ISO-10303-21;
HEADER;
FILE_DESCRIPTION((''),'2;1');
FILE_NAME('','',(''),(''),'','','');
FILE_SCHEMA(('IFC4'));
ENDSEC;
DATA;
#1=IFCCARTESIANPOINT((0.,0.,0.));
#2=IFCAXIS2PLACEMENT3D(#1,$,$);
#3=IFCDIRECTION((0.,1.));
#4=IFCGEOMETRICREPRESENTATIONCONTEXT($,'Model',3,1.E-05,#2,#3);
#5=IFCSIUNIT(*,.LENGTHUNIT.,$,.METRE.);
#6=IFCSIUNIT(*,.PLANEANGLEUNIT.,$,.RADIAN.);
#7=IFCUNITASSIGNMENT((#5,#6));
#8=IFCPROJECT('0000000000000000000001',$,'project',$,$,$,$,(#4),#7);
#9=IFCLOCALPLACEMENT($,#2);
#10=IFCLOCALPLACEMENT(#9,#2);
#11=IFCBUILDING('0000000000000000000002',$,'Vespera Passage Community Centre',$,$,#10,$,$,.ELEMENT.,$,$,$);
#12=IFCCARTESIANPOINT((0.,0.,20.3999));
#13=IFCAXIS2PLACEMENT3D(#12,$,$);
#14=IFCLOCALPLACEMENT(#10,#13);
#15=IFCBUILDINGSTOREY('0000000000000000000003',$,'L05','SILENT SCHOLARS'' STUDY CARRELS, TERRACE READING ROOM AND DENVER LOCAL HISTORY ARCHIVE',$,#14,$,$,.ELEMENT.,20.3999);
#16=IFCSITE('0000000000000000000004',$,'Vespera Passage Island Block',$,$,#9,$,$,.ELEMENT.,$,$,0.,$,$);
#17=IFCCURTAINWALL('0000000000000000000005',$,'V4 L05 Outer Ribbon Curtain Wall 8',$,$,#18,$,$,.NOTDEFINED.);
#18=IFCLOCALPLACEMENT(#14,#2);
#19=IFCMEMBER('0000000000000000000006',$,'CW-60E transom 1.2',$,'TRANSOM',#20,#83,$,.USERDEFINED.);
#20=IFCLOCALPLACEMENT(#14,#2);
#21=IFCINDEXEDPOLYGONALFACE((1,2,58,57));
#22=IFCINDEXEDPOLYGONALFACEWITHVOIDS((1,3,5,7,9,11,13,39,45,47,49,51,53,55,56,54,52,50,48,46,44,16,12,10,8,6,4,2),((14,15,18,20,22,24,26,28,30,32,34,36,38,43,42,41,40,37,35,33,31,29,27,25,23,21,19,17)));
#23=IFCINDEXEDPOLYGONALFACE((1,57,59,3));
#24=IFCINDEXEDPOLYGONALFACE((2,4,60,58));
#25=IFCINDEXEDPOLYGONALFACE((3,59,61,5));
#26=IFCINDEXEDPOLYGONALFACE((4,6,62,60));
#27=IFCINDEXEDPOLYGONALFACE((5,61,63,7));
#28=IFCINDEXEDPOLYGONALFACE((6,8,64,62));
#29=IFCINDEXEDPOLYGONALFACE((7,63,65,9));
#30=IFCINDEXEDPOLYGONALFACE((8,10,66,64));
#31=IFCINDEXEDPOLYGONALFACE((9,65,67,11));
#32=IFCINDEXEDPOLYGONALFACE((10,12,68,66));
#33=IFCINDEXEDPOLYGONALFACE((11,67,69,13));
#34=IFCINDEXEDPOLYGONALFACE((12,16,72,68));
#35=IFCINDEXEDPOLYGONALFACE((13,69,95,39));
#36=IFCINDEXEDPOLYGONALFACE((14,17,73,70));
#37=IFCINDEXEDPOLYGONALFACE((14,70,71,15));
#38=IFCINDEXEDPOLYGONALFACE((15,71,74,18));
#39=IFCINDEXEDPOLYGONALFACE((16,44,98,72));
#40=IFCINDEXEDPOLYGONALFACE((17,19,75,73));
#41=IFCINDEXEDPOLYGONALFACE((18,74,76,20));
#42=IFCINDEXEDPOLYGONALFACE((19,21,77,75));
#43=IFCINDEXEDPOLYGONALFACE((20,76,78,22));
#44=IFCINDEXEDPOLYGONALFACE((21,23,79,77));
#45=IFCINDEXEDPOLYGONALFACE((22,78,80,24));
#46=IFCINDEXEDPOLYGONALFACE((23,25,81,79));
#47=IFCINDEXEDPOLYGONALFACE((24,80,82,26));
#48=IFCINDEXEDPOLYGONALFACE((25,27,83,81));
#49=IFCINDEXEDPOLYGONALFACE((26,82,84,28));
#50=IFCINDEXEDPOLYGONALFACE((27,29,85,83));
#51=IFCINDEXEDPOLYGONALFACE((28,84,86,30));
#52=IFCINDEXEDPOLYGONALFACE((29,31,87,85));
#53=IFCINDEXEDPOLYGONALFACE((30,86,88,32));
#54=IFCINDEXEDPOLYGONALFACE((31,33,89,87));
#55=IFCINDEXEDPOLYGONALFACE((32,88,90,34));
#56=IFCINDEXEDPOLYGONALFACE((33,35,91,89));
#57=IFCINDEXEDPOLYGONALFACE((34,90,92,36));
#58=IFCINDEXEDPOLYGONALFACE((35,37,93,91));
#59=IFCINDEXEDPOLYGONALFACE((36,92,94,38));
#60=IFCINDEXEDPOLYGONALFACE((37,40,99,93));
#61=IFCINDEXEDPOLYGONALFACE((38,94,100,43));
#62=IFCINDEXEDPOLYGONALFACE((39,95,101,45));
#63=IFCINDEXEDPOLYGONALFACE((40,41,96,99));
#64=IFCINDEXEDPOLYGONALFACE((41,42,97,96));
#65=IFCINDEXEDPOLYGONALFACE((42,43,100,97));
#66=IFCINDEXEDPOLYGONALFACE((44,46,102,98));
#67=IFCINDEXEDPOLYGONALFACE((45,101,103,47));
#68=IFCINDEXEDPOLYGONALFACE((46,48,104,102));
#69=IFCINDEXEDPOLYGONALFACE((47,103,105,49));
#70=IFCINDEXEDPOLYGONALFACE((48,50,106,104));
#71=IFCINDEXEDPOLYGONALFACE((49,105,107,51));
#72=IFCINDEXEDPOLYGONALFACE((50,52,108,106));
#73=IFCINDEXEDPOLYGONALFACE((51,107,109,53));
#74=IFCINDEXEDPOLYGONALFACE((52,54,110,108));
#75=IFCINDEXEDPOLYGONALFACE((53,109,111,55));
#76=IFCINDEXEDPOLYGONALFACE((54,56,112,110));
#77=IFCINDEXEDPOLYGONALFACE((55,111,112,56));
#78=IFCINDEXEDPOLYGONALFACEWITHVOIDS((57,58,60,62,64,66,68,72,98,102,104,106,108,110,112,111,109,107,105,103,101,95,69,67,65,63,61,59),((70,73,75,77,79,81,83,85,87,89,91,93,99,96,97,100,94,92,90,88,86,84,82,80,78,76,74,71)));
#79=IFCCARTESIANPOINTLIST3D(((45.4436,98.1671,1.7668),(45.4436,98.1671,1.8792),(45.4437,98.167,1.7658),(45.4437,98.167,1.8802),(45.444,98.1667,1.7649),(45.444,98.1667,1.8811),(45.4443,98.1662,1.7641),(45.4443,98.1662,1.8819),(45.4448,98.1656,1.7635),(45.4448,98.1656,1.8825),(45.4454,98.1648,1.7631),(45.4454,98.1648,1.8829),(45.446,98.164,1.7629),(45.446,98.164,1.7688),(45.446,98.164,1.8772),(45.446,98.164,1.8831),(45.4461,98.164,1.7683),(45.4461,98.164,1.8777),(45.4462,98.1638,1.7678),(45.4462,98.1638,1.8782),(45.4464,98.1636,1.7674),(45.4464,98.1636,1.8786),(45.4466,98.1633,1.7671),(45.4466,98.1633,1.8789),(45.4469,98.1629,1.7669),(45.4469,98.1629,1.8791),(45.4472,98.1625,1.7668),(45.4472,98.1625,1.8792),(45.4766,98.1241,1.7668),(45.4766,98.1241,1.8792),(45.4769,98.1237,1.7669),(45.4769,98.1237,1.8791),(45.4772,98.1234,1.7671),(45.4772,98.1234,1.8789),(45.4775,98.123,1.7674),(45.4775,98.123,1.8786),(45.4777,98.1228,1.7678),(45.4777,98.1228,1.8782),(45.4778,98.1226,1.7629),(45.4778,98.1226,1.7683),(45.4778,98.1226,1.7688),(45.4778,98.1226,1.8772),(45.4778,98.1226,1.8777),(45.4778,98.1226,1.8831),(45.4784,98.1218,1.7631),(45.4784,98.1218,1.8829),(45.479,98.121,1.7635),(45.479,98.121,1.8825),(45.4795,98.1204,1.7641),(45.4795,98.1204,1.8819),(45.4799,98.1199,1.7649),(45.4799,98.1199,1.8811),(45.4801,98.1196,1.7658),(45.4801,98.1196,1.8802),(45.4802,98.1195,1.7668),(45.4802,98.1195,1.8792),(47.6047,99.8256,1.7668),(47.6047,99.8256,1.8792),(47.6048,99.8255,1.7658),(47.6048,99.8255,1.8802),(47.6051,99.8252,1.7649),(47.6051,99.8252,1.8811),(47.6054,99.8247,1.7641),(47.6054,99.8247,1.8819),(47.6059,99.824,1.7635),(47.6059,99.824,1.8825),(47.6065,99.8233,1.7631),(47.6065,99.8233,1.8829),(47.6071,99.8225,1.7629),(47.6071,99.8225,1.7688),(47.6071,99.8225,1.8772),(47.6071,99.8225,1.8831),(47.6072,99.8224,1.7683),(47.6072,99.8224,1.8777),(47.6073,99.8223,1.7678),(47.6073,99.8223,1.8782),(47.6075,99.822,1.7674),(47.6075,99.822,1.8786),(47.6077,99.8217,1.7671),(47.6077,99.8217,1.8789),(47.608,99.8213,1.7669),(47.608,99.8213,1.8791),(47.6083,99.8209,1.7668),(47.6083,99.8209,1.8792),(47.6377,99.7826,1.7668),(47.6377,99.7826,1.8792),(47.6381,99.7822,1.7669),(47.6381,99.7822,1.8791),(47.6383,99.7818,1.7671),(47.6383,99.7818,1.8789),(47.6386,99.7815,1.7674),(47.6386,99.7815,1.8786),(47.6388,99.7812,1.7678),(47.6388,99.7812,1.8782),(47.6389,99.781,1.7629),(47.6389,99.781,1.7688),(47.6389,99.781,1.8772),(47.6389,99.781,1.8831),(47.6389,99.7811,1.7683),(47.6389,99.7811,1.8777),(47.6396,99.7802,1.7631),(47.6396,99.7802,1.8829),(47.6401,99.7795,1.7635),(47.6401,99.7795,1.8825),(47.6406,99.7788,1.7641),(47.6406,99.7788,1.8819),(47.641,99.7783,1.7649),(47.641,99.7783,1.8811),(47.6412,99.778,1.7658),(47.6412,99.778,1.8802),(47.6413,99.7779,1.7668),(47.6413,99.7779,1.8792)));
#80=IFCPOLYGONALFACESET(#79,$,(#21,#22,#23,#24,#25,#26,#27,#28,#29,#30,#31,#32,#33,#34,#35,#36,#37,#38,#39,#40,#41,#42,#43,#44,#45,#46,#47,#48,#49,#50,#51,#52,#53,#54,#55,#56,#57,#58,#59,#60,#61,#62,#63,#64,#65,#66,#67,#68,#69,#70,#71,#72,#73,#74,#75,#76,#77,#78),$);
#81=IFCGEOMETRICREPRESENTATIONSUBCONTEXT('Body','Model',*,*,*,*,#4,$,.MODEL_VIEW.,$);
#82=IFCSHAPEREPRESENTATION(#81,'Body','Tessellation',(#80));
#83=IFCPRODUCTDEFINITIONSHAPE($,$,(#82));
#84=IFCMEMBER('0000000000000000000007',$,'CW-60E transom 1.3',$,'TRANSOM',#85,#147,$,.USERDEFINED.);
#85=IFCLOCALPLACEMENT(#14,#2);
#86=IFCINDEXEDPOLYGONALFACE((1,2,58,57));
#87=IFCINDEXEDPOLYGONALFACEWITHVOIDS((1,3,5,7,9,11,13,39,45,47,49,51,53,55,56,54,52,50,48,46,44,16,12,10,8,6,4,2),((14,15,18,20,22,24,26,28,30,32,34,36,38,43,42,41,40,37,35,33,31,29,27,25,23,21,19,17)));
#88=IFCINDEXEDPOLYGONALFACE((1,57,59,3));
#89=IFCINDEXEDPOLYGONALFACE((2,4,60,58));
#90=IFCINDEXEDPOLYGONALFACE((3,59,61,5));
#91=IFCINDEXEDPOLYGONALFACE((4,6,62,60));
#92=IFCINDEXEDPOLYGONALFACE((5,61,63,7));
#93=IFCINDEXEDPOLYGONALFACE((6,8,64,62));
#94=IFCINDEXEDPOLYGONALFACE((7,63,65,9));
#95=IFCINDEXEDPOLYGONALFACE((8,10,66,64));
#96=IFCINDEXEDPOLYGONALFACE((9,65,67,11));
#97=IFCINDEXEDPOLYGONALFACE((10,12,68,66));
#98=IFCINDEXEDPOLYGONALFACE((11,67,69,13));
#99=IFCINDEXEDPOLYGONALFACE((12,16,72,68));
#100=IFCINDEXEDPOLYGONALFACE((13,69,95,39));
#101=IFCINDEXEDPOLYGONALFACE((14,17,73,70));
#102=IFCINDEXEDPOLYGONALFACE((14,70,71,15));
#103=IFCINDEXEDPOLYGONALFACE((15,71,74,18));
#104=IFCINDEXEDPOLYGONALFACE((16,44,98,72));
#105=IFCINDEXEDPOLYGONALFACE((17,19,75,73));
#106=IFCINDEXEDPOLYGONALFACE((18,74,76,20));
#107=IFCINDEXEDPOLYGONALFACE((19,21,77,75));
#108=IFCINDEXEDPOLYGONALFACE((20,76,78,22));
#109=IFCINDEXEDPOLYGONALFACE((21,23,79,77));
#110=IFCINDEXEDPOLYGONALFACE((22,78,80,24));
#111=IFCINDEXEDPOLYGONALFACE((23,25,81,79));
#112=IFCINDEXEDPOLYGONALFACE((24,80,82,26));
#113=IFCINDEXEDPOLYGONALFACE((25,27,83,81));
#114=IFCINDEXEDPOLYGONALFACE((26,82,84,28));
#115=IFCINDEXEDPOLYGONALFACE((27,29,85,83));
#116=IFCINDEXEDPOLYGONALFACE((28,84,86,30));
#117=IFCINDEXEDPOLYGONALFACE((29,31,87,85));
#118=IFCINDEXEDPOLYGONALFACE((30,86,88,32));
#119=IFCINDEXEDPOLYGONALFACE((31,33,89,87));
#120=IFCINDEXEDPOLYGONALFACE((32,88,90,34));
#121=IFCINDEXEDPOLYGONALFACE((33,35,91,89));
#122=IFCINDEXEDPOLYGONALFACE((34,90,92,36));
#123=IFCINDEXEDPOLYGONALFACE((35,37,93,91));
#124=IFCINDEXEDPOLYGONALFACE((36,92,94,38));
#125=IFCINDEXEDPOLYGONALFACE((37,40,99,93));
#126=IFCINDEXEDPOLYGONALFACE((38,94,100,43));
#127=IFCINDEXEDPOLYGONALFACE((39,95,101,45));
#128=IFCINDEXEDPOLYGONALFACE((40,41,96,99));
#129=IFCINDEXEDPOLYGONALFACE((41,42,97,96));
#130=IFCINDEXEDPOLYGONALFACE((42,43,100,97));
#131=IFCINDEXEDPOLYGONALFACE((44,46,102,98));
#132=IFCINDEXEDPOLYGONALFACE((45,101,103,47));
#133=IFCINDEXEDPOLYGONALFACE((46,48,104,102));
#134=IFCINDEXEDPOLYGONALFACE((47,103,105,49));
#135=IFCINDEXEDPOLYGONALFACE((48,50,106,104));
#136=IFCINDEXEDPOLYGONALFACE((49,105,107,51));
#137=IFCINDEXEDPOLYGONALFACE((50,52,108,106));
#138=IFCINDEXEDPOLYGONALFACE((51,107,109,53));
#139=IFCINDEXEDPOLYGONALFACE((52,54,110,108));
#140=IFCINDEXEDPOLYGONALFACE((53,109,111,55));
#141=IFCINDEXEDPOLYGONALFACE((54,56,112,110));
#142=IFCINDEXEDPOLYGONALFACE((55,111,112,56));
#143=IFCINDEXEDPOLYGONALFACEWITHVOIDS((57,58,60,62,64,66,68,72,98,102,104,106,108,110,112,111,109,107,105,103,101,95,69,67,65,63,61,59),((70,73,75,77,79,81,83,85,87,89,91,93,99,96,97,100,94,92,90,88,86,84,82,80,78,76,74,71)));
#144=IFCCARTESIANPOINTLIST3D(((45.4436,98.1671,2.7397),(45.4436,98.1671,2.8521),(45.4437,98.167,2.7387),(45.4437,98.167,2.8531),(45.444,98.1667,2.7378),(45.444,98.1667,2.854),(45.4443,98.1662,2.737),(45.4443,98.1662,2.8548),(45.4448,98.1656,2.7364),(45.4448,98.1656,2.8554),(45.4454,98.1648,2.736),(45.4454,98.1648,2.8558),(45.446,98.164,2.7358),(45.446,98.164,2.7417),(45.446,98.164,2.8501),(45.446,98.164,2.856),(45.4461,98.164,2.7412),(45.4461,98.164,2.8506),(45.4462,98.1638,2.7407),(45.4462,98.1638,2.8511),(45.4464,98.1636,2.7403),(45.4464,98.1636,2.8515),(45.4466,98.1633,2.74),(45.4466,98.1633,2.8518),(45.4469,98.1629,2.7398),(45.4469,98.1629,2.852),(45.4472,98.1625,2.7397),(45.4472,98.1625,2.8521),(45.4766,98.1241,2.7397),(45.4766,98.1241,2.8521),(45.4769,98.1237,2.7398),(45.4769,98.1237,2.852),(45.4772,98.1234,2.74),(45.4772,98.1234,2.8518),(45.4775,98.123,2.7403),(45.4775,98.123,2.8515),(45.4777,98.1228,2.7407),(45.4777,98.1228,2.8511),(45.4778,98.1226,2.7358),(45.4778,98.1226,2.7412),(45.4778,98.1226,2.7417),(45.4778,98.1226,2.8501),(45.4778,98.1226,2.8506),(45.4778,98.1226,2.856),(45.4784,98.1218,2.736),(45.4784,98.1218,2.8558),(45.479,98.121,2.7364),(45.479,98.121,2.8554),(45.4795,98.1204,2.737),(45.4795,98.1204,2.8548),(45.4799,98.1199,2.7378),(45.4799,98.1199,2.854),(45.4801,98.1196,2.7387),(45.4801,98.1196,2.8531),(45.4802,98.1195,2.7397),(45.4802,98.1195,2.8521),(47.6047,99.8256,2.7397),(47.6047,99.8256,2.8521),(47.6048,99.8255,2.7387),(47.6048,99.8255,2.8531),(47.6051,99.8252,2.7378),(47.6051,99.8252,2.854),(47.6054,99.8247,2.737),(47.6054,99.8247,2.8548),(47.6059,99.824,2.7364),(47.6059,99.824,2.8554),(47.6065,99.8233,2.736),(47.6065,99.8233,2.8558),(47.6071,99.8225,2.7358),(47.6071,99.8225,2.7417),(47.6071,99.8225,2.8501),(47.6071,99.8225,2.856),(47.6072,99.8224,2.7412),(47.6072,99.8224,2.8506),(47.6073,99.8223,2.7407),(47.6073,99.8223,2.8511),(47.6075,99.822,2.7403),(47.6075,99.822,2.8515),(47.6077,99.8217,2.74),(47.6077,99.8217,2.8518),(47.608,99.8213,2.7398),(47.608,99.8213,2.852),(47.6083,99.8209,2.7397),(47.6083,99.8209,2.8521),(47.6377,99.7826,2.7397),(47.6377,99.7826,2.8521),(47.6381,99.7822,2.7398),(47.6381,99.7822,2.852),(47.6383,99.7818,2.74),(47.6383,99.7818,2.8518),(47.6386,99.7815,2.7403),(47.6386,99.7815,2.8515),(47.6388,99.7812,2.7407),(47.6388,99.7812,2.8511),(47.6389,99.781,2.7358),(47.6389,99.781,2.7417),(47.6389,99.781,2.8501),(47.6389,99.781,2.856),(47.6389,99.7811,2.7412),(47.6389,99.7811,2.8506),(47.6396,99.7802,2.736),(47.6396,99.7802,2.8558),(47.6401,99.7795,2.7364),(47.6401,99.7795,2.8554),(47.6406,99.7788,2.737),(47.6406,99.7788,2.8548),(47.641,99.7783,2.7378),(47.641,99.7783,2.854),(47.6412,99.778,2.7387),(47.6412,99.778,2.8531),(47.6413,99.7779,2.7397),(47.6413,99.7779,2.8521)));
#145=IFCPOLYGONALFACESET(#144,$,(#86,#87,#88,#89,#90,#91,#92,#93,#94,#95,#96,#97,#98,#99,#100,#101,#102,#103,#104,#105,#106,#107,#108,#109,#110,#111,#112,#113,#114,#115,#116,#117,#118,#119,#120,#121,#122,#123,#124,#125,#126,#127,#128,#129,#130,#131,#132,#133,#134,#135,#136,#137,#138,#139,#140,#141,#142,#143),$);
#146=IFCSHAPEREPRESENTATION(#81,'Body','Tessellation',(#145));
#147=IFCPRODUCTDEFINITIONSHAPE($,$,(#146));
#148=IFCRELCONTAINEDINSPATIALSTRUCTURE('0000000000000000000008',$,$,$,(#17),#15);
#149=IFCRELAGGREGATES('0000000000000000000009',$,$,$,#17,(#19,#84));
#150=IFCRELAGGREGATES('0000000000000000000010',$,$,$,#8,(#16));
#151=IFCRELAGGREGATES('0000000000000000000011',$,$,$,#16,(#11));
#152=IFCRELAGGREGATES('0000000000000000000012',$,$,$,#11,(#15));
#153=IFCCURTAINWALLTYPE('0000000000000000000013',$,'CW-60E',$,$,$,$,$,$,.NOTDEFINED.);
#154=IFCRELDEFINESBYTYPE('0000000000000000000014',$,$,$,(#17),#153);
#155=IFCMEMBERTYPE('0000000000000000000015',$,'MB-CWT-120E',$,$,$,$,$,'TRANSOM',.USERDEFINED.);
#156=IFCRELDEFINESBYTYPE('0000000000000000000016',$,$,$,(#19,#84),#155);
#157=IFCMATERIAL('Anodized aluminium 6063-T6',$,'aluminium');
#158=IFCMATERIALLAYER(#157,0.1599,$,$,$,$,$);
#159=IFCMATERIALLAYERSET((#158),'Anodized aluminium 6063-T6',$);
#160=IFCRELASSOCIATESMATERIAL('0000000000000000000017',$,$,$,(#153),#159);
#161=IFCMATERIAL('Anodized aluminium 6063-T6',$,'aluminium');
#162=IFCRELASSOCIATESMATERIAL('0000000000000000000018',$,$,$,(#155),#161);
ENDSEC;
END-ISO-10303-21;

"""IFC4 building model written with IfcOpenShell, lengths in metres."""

from ifc_helpers import new_model, si_unit, direction, frame, origin, origin_2d, place, context, subcontext, project, spatial, hollow_rectangle, extrude, material, layer, layer_set, material_profile, profile_set, type_object, element, aggregate, save


model = new_model("IFC4")

# Units and contexts
model_context = context("Model", 3, precision=1e-05, world=origin(), true_north=direction((0.0, 1.0)))
body_context = subcontext(model_context, "Body", "Model", "MODEL_VIEW")
ifc_project = project(units=[si_unit("LENGTHUNIT", "METRE"), si_unit("PLANEANGLEUNIT", "RADIAN")], contexts=[model_context])

# Site, building, storey
site_placement = place(None, origin())
site = spatial("IfcSite", under=ifc_project, at=site_placement, Name="Vespera Passage Island Block", CompositionType="ELEMENT", RefElevation=0.0)
building_placement = place(site_placement, origin())
building = spatial("IfcBuilding", under=site, at=building_placement, Name="Vespera Passage Community Centre", CompositionType="ELEMENT")
storey_placement = place(building_placement, frame((0.0, 0.0, 20.3999)))
storey = spatial("IfcBuildingStorey", under=building, at=storey_placement, Name="L05", Description="SILENT SCHOLARS' STUDY CARRELS, TERRACE READING ROOM AND DENVER LOCAL HISTORY ARCHIVE", CompositionType="ELEMENT", Elevation=20.3999)

# Curtain wall
ifc_material_1 = material(Name="Anodized aluminium 6063-T6", Category="aluminium")
ifc_layer_1 = layer(ifc_material_1, 0.1599)
ifc_layer_set_1 = layer_set([ifc_layer_1], Name="Anodized aluminium 6063-T6")
curtain_wall_type_1 = type_object("IfcCurtainWallType", Name="CW-60E", PredefinedType="NOTDEFINED", material=ifc_layer_set_1)
curtain_wall_1_placement = place(storey_placement, origin())
curtain_wall_1 = element("IfcCurtainWall", 1, at=curtain_wall_1_placement, inside=storey, type_object=curtain_wall_type_1, Name="V4 L05 Outer Ribbon Curtain Wall 8", PredefinedType="NOTDEFINED")

# Members
ifc_material_2 = material(Name="Anodized aluminium 6063-T6", Category="aluminium")
ifc_material_profile_1 = material_profile(ifc_material_2, hollow_rectangle(XDim=0.0601, YDim=0.1201, WallThickness=0.0039, InnerFilletRadius=0.002, OuterFilletRadius=0.0039, at=origin_2d()), Name="ALU120X60X4")
ifc_profile_set_1 = profile_set([ifc_material_profile_1], Name="Anodized aluminium 6063-T6")
member_type_1 = type_object("IfcMemberType", Name="MB-CWT-120E", ElementType="TRANSOM", PredefinedType="USERDEFINED", material=ifc_profile_set_1)
member_1_placement = place(storey_placement, frame((45.4619, 98.1433, 1.823), z_axis=(0.793326, 0.608796, 0.0), x_axis=(-0.608796, 0.793326, 0.0)))
member_1 = element("IfcMember", 2, at=member_1_placement, type_object=member_type_1, Name="CW-60E transom 1.2", ObjectType="TRANSOM", PredefinedType="USERDEFINED", context=body_context, shape_type="SweptSolid", body=[
    extrude(hollow_rectangle(XDim=0.0601, YDim=0.1201, WallThickness=0.0039, InnerFilletRadius=0.002, OuterFilletRadius=0.0039, at=origin_2d()), origin(), (0.0, 0.0, 1.0), 2.7241),
])
member_2_placement = place(storey_placement, frame((45.4619, 98.1433, 2.7959), z_axis=(0.793326, 0.608796, 0.0), x_axis=(-0.608796, 0.793326, 0.0)))
member_2 = element("IfcMember", 3, at=member_2_placement, type_object=member_type_1, Name="CW-60E transom 1.3", ObjectType="TRANSOM", PredefinedType="USERDEFINED", context=body_context, shape_type="SweptSolid", body=[
    extrude(hollow_rectangle(XDim=0.0601, YDim=0.1201, WallThickness=0.0039, InnerFilletRadius=0.002, OuterFilletRadius=0.0039, at=origin_2d()), origin(), (0.0, 0.0, 1.0), 2.7241),
])

aggregate(curtain_wall_1, [member_1, member_2])

save(model, "model.ifc")
